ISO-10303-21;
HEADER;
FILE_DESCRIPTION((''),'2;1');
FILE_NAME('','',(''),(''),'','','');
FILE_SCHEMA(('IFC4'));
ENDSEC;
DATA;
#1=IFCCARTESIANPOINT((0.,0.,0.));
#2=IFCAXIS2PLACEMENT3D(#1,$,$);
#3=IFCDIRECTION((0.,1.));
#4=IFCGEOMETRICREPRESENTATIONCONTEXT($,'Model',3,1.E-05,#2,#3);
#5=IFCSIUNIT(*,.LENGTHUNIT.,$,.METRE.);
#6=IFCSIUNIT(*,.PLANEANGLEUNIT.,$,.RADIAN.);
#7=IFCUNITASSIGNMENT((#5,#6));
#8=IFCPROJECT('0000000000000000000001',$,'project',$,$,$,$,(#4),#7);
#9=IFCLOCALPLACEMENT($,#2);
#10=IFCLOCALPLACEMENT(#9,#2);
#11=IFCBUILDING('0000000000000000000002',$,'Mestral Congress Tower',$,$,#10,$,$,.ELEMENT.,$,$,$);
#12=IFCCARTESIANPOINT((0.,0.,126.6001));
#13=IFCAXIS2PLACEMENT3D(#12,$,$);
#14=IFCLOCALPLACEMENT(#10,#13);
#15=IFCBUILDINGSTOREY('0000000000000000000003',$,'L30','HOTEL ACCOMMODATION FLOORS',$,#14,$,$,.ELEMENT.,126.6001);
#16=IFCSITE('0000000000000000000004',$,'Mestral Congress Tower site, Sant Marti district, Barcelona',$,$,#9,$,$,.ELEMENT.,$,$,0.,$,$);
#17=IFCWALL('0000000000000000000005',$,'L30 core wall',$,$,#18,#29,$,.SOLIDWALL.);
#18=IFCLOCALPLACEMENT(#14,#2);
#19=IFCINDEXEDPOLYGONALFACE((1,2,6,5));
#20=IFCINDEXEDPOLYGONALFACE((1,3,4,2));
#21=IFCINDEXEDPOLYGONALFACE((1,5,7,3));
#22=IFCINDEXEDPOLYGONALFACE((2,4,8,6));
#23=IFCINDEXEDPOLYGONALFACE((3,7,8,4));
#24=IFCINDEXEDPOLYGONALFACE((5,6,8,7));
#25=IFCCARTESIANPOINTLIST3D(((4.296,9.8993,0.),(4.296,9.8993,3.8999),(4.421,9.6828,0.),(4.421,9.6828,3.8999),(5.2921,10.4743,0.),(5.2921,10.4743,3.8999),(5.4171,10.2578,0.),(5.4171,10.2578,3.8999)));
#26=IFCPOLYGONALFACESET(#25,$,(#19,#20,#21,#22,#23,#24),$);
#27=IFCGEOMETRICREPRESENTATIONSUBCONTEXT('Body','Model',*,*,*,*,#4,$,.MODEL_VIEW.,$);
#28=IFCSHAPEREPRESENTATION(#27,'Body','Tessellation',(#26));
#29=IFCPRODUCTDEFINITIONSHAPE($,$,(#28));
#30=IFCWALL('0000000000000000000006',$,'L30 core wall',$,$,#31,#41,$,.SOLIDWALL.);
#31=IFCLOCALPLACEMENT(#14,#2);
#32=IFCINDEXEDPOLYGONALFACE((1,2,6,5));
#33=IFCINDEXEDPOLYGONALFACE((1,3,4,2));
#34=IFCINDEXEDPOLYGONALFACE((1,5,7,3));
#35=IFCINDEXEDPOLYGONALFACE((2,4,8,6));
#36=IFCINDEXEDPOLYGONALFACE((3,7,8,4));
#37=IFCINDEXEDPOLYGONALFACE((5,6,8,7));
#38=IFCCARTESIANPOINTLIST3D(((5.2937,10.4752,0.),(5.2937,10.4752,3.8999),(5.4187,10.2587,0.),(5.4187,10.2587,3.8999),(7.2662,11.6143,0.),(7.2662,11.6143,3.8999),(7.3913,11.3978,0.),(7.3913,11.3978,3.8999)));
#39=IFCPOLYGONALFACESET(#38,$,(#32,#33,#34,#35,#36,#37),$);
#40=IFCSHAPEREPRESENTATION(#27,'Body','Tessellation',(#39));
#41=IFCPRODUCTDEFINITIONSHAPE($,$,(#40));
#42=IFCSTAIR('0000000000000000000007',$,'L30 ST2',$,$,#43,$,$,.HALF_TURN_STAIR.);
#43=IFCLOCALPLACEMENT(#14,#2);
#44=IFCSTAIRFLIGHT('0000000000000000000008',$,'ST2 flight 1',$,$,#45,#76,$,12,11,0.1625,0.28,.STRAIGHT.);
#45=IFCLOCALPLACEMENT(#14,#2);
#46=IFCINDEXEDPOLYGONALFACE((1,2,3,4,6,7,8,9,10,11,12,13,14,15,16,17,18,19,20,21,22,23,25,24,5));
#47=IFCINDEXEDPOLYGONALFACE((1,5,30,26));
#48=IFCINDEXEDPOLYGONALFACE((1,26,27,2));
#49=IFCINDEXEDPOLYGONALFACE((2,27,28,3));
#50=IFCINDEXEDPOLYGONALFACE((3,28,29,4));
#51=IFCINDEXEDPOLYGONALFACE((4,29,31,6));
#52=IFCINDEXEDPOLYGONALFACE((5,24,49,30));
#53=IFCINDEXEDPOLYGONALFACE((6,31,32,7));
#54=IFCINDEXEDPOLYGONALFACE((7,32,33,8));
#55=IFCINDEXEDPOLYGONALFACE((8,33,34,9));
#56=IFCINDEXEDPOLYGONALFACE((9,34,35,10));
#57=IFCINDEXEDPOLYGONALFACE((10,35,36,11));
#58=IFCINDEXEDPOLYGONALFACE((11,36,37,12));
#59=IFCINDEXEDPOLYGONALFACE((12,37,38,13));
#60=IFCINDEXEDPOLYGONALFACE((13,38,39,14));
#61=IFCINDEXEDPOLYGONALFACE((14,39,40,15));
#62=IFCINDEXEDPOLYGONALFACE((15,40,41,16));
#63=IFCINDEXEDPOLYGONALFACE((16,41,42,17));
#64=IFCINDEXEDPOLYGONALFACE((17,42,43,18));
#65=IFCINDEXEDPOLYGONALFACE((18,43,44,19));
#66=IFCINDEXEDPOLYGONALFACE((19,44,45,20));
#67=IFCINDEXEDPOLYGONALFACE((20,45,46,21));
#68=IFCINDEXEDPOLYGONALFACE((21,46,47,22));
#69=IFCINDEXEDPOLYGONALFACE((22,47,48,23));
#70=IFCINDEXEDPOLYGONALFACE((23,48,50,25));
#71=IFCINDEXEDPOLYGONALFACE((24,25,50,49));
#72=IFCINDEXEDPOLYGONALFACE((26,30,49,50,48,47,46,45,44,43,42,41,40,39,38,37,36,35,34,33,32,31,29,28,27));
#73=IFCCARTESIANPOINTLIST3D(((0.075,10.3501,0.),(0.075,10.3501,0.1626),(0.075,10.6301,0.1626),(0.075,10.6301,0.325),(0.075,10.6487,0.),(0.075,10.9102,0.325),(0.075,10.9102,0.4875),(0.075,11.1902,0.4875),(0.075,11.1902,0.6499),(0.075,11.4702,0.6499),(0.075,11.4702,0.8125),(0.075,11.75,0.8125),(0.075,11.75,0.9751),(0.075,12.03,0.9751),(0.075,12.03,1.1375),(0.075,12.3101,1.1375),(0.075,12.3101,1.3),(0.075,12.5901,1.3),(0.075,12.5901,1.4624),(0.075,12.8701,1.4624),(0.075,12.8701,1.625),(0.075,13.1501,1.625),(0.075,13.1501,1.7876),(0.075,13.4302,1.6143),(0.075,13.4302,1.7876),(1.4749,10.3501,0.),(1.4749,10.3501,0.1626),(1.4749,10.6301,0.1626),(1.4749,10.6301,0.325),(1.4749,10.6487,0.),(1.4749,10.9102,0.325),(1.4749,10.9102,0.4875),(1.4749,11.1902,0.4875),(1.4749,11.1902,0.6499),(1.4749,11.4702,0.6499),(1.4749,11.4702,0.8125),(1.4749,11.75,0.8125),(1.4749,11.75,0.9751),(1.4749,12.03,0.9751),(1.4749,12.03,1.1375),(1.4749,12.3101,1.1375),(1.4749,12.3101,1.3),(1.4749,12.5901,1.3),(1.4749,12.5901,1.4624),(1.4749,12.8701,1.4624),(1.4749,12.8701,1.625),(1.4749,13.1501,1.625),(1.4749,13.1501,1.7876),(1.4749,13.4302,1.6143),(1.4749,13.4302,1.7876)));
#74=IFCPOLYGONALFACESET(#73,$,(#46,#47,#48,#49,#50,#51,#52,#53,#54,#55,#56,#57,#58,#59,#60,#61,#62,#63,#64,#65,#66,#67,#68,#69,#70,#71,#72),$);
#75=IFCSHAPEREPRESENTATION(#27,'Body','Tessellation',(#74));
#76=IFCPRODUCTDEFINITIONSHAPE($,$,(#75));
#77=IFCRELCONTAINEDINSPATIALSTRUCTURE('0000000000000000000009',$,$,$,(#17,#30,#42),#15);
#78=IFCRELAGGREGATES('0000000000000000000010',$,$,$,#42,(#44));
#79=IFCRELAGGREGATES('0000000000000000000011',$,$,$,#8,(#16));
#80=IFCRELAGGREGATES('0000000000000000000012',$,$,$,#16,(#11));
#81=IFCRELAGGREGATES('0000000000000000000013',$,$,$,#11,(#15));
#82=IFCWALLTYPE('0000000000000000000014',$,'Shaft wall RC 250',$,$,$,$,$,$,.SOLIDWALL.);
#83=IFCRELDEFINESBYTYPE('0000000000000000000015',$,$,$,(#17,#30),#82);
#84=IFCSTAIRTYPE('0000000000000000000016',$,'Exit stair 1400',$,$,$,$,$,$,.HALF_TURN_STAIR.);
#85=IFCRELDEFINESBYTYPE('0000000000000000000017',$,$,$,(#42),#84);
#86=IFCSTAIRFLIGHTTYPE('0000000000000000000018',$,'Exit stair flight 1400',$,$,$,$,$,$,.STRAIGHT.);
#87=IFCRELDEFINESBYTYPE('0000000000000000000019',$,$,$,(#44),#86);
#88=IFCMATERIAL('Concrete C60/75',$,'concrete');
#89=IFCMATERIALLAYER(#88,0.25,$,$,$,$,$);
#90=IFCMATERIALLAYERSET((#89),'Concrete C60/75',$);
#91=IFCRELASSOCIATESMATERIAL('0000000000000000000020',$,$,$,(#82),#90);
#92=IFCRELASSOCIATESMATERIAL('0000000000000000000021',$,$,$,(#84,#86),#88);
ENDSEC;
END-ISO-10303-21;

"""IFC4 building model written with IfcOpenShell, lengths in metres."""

from ifc_helpers import new_model, si_unit, direction, frame, frame_2d, origin, place, context, subcontext, project, spatial, polyline, rectangle, outline, extrude, material, layer, layer_set, type_object, element, aggregate, save


model = new_model("IFC4")

# Units and contexts
model_context = context("Model", 3, precision=1e-05, world=origin(), true_north=direction((0.0, 1.0)))
body_context = subcontext(model_context, "Body", "Model", "MODEL_VIEW")
ifc_project = project(units=[si_unit("LENGTHUNIT", "METRE"), si_unit("PLANEANGLEUNIT", "RADIAN")], contexts=[model_context])

# Site, building, storey
site_placement = place(None, origin())
site = spatial("IfcSite", under=ifc_project, at=site_placement, Name="Mestral Congress Tower site, Sant Marti district, Barcelona", CompositionType="ELEMENT", RefElevation=0.0)
building_placement = place(site_placement, origin())
building = spatial("IfcBuilding", under=site, at=building_placement, Name="Mestral Congress Tower", CompositionType="ELEMENT")
storey_placement = place(building_placement, frame((0.0, 0.0, 126.6001)))
storey = spatial("IfcBuildingStorey", under=building, at=storey_placement, Name="L30", Description="HOTEL ACCOMMODATION FLOORS", CompositionType="ELEMENT", Elevation=126.6001)

# Shared definitions
ifc_material_1 = material(Name="Concrete C60/75", Category="concrete")

# Walls
ifc_layer_1 = layer(ifc_material_1, 0.25)
ifc_layer_set_1 = layer_set([ifc_layer_1], Name="Concrete C60/75")
wall_type_1 = type_object("IfcWallType", Name="Shaft wall RC 250", PredefinedType="SOLIDWALL", material=ifc_layer_set_1)
wall_1_placement = place(storey_placement, frame((4.3584, 9.791, 0.0), z_axis=(0.0, 0.0, 1.0), x_axis=(0.86608, 0.499906, 0.0)))
element("IfcWall", 1, at=wall_1_placement, inside=storey, type_object=wall_type_1, Name="L30 core wall", PredefinedType="SOLIDWALL", context=body_context, shape_type="SweptSolid", body=[
    extrude(rectangle(XDim=1.1501, YDim=0.25, at=frame_2d((0.5752, 0.0))), origin(), (0.0, 0.0, 1.0), 3.8999),
])
wall_2_placement = place(storey_placement, frame((5.3562, 10.3669, 0.0), z_axis=(0.0, 0.0, 1.0), x_axis=(0.865979, 0.500081, 0.0)))
element("IfcWall", 2, at=wall_2_placement, inside=storey, type_object=wall_type_1, Name="L30 core wall", PredefinedType="SOLIDWALL", context=body_context, shape_type="SweptSolid", body=[
    extrude(rectangle(XDim=2.2778, YDim=0.25, at=frame_2d((1.1389, 0.0))), origin(), (0.0, 0.0, 1.0), 3.8999),
])

# Stair, stair flight
stair_type = type_object("IfcStairType", Name="Exit stair 1400", PredefinedType="HALF_TURN_STAIR", material=ifc_material_1)
stair_placement = place(storey_placement, origin())
stair = element("IfcStair", 3, at=stair_placement, inside=storey, type_object=stair_type, Name="L30 ST2", PredefinedType="HALF_TURN_STAIR")
stair_flight_type = type_object("IfcStairFlightType", Name="Exit stair flight 1400", PredefinedType="STRAIGHT", material=ifc_material_1)
stair_flight_placement = place(storey_placement, frame((0.7749, 10.3501, 0.0), z_axis=(0.0, 0.0, 1.0), x_axis=(0.0, 1.0, 0.0)))
stair_flight = element("IfcStairFlight", 4, at=stair_flight_placement, type_object=stair_flight_type, Name="ST2 flight 1", NumberOfRisers=12, NumberOfTreads=11, PredefinedType="STRAIGHT", RiserHeight=0.1625, TreadLength=0.28, context=body_context, shape_type="SweptSolid", body=[
    extrude(outline(polyline([(0.0, 0.0), (0.0, 0.1626), (0.28, 0.1626), (0.28, 0.325), (0.5601, 0.325), (0.5601, 0.4875), (0.8401, 0.4875), (0.8401, 0.6499), (1.1201, 0.6499), (1.1201, 0.8125), (1.3999, 0.8125), (1.3999, 0.9751), (1.6799, 0.9751), (1.6799, 1.1375), (1.96, 1.1375), (1.96, 1.3), (2.24, 1.3), (2.24, 1.4624), (2.52, 1.4624), (2.52, 1.625), (2.8, 1.625), (2.8, 1.7876), (3.0801, 1.7876), (3.0801, 1.95), (3.0801, 1.6143), (0.2986, 0.0), (0.0, 0.0)])), frame((0.0, 0.7, 0.0), z_axis=(0.0, -1.0, 0.0), x_axis=(1.0, 0.0, 0.0)), (0.0, 0.0, 1.0), 1.3999),
])
aggregate(stair, [stair_flight])

save(model, "model.ifc")
